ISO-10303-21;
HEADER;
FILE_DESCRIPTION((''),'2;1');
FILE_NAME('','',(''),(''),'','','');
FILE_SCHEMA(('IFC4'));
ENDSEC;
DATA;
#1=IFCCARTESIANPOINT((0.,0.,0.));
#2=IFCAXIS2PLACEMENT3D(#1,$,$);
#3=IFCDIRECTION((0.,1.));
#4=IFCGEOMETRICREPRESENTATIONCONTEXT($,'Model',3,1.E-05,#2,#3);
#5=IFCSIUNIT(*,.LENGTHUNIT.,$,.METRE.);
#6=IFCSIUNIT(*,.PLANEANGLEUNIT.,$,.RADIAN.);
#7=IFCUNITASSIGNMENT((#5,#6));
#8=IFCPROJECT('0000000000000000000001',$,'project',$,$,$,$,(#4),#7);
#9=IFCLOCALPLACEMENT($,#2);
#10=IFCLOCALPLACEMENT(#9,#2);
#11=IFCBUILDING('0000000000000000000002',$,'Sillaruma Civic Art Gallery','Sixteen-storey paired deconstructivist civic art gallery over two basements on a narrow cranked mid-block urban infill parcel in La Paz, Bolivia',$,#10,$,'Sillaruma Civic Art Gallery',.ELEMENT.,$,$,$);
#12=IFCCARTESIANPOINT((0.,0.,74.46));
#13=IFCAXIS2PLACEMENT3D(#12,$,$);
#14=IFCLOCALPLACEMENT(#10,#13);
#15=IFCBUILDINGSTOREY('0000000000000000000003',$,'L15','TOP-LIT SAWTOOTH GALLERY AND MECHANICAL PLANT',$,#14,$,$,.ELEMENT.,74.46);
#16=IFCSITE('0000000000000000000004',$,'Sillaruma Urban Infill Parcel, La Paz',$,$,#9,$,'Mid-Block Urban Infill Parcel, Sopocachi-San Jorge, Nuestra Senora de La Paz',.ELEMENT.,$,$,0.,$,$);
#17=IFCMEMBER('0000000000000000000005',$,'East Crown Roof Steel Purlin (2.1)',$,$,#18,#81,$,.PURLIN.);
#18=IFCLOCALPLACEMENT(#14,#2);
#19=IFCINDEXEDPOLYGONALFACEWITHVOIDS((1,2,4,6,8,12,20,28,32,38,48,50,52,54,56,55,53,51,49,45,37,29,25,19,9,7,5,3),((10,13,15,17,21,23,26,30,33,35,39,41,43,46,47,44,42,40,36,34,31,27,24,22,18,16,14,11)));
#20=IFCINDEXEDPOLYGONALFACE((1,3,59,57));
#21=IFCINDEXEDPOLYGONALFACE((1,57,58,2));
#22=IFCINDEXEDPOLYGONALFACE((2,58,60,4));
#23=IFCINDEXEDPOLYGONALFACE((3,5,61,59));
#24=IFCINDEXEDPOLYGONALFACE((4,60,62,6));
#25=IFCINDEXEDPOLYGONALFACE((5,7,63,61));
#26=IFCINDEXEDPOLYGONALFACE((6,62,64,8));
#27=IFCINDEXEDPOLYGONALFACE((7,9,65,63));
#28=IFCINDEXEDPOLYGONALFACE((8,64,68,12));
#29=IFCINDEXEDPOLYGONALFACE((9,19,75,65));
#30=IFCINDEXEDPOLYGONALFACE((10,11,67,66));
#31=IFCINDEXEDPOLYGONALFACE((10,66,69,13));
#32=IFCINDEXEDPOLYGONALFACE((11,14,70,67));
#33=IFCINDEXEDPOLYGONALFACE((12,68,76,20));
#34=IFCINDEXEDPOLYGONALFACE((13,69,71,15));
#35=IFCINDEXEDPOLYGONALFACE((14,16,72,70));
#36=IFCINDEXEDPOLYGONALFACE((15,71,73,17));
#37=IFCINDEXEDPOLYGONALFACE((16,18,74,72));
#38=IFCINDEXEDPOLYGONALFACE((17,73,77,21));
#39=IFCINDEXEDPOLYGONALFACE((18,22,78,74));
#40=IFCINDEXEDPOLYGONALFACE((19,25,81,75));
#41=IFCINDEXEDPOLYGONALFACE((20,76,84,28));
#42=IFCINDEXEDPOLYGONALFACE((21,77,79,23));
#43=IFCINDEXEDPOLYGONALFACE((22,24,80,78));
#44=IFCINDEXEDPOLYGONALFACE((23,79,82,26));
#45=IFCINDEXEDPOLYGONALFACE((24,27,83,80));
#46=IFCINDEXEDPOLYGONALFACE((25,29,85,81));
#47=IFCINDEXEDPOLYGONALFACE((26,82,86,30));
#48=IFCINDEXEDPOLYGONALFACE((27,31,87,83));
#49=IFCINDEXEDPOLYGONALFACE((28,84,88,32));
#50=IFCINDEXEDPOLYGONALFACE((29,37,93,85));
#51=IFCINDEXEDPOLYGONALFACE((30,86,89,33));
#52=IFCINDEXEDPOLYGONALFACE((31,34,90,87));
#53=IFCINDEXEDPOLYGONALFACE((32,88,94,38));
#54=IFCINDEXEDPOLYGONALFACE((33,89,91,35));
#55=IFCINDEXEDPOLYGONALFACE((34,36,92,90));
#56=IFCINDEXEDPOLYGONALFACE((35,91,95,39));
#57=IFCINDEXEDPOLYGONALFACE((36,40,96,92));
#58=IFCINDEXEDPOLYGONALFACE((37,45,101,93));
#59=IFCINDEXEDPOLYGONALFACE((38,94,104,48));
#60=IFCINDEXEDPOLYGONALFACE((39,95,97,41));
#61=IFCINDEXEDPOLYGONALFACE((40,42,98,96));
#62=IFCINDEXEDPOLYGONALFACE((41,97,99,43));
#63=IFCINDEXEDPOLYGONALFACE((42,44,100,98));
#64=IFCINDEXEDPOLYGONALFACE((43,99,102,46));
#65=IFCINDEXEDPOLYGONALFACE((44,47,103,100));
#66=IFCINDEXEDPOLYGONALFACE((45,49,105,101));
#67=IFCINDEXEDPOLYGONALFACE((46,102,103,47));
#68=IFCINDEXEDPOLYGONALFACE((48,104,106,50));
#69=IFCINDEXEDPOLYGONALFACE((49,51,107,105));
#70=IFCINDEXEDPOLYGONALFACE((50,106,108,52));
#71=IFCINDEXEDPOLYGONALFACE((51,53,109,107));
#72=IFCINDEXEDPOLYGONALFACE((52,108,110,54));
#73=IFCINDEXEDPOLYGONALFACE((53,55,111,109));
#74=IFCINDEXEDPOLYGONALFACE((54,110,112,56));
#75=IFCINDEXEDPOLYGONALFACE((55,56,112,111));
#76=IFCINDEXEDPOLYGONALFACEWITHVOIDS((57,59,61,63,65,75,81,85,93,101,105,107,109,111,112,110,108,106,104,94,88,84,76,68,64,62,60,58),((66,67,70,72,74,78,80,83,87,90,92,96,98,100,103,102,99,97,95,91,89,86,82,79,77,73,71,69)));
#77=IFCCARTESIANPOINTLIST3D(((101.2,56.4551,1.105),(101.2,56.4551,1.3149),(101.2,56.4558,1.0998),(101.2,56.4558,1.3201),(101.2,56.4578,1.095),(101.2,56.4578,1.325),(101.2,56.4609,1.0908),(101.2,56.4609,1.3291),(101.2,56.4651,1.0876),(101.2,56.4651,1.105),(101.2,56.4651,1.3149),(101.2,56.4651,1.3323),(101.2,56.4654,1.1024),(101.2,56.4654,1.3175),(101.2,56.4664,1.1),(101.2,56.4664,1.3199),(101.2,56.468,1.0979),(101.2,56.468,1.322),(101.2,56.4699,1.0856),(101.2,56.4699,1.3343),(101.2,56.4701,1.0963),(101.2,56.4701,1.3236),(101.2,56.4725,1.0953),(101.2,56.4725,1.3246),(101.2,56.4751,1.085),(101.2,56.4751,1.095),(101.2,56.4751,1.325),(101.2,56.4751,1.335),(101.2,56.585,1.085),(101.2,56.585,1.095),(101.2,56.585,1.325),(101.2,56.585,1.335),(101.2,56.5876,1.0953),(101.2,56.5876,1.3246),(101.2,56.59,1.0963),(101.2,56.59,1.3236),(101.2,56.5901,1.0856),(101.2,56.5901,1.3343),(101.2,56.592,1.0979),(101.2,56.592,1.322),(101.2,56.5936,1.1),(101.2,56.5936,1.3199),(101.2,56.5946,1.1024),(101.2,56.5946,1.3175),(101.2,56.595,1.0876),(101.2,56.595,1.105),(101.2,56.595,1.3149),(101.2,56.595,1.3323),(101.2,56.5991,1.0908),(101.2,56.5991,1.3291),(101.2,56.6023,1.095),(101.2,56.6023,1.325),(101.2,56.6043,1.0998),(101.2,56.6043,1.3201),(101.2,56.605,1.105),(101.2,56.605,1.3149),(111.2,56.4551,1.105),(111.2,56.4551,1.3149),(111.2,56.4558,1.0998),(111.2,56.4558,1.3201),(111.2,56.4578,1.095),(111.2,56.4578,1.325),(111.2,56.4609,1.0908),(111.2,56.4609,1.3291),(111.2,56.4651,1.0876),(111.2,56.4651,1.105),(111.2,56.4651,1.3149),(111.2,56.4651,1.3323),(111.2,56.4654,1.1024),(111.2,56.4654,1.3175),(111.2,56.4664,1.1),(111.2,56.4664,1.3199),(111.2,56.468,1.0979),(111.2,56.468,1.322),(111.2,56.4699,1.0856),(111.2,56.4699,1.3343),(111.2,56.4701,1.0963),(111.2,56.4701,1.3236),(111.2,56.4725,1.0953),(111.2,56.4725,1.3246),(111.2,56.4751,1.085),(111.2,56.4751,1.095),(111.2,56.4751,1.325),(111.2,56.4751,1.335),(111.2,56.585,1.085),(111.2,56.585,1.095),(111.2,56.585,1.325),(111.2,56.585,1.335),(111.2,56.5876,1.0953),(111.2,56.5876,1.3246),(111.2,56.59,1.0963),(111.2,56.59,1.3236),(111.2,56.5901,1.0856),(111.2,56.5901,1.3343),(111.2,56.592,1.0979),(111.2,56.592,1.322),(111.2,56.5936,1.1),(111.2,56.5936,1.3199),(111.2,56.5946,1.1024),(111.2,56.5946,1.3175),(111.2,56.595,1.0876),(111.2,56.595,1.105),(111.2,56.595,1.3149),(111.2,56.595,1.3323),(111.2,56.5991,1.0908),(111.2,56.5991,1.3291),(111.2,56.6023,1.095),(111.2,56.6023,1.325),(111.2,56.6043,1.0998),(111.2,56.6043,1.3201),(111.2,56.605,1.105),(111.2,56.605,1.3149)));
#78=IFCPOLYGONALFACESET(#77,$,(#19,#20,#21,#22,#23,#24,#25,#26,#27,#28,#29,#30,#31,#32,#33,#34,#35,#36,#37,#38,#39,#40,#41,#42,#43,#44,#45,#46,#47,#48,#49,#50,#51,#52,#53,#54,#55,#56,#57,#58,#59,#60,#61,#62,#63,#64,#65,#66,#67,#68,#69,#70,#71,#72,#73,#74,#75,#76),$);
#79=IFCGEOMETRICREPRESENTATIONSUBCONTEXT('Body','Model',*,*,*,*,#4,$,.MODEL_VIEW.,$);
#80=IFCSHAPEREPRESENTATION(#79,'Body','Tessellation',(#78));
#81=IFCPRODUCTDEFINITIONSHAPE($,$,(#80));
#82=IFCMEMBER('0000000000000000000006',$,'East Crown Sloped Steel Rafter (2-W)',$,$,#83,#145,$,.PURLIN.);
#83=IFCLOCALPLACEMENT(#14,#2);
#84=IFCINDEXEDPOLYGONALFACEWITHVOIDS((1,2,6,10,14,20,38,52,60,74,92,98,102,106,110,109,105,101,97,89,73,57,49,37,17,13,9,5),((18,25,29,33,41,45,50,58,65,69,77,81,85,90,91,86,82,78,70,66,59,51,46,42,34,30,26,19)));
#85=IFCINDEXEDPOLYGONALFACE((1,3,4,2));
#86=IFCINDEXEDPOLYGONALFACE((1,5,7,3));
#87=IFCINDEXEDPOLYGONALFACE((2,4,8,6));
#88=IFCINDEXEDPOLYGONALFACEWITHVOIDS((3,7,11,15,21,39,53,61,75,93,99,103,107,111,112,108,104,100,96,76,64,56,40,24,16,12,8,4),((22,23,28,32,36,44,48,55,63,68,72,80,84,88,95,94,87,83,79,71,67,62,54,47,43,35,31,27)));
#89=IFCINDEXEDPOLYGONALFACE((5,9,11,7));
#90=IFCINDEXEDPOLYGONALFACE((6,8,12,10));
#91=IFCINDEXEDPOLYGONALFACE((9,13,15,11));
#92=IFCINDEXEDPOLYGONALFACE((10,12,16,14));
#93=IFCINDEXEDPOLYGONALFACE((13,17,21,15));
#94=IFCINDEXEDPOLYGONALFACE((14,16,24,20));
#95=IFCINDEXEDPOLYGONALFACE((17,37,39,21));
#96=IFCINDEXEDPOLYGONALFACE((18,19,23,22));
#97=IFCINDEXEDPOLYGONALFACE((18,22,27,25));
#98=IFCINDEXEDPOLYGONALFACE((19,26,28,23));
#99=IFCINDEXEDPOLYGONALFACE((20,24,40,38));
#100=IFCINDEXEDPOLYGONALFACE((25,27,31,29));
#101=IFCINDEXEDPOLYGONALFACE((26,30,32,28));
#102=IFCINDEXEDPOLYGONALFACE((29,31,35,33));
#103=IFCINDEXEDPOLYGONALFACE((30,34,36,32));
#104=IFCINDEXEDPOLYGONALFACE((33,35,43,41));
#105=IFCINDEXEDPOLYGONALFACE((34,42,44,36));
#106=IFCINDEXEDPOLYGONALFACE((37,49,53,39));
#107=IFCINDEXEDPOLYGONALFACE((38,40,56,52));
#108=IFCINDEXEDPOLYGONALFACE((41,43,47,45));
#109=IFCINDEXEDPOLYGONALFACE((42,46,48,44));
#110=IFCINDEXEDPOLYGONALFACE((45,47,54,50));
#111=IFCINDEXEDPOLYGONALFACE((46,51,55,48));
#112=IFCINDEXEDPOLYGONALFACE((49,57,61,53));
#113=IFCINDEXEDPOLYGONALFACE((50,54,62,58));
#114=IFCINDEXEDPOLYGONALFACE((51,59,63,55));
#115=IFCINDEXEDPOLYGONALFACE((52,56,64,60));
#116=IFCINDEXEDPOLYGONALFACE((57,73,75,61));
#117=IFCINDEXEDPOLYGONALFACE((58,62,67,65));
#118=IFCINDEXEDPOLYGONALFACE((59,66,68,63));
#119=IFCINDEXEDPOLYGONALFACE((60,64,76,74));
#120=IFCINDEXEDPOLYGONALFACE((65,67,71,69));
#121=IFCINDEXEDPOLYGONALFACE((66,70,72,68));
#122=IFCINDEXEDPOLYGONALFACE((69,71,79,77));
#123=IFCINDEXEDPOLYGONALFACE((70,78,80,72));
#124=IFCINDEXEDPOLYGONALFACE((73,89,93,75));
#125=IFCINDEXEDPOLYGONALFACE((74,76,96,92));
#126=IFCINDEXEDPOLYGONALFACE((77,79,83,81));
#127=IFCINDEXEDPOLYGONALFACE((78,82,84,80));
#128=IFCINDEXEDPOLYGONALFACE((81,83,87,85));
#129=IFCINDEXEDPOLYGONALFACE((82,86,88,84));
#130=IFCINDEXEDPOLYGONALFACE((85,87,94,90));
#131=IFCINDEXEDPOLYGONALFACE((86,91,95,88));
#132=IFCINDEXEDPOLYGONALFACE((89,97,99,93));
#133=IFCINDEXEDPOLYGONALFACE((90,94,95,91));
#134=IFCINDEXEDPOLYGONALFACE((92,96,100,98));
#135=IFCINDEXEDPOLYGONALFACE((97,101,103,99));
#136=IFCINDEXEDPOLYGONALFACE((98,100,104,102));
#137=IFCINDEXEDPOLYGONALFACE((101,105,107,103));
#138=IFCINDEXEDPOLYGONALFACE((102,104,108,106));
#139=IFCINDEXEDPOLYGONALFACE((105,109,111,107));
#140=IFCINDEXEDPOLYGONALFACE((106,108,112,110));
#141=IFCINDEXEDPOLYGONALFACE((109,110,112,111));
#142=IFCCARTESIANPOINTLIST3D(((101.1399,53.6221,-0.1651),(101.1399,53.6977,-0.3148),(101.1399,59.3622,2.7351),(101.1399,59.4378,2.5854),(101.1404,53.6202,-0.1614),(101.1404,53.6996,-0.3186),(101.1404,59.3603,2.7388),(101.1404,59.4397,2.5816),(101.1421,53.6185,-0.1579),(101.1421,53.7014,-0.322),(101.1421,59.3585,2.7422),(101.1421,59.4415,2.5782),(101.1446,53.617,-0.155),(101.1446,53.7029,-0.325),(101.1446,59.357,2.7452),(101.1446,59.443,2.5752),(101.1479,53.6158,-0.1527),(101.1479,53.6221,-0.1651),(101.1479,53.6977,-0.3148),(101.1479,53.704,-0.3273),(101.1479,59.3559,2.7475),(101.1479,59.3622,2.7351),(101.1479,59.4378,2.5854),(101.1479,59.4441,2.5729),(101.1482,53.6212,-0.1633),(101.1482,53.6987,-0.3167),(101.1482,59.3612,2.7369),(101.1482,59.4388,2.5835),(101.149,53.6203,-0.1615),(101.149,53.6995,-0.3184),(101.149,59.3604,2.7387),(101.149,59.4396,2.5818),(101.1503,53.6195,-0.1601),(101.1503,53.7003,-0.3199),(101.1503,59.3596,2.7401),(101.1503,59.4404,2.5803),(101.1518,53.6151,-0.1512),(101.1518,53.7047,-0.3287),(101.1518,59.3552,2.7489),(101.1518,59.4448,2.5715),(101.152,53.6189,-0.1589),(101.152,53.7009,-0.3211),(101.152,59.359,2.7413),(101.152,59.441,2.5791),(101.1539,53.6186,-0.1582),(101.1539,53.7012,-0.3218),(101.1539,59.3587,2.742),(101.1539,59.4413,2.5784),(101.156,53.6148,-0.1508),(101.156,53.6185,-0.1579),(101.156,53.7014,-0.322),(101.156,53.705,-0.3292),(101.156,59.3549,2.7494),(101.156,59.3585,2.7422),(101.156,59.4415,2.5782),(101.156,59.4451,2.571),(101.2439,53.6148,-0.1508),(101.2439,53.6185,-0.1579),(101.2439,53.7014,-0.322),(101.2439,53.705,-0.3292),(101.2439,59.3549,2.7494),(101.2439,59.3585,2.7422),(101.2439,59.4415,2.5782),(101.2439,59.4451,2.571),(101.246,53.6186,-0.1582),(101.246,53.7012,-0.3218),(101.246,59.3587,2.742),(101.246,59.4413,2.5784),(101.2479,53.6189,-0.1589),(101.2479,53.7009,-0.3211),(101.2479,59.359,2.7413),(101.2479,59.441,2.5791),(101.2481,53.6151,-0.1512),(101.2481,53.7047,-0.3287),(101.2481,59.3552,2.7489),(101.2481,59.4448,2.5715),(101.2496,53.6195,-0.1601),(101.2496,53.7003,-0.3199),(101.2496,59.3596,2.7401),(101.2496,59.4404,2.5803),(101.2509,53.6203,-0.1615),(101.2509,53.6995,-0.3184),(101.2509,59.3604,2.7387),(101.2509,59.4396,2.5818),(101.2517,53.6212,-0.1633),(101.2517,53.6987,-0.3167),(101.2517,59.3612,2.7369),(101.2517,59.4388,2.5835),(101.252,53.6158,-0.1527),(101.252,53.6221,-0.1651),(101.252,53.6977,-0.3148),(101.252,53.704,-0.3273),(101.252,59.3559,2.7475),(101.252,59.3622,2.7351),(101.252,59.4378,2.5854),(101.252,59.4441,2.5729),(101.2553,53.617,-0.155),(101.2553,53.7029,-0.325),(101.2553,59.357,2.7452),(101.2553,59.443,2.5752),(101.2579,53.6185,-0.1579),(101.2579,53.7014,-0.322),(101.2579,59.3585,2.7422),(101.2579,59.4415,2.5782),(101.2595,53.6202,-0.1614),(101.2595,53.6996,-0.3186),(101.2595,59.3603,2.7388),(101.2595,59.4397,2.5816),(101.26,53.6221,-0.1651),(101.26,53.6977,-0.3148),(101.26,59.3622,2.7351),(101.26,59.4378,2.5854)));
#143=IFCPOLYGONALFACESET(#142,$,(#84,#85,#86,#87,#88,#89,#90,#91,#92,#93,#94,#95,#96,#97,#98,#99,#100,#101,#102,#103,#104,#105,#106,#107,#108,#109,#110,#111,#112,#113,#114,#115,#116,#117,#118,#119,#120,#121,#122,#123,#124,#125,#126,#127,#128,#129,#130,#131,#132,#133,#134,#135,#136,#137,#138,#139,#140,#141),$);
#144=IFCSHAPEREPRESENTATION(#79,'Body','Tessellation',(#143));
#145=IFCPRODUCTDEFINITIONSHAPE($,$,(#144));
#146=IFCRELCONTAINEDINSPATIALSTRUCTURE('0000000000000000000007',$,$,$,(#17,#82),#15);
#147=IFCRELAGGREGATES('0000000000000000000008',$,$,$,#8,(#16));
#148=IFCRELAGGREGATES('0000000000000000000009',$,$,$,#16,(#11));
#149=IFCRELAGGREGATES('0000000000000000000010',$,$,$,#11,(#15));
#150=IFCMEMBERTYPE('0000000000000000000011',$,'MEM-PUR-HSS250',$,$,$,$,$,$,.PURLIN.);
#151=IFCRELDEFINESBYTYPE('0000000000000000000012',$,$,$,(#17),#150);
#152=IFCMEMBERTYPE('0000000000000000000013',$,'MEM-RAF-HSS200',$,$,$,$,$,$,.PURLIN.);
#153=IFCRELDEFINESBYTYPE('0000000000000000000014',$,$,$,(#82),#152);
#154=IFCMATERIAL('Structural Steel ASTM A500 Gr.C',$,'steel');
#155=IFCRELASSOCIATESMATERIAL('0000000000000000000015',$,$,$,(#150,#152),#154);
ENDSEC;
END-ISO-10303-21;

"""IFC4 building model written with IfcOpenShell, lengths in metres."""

from ifc_helpers import new_model, si_unit, direction, frame, origin, origin_2d, place, context, subcontext, project, spatial, hollow_rectangle, extrude, material, material_profile, profile_set, type_object, element, save


model = new_model("IFC4")

# Units and contexts
model_context = context("Model", 3, precision=1e-05, world=origin(), true_north=direction((0.0, 1.0)))
body_context = subcontext(model_context, "Body", "Model", "MODEL_VIEW")
ifc_project = project(units=[si_unit("LENGTHUNIT", "METRE"), si_unit("PLANEANGLEUNIT", "RADIAN")], contexts=[model_context])

# Site, building, storey
site_placement = place(None, origin())
site = spatial("IfcSite", under=ifc_project, at=site_placement, Name="Sillaruma Urban Infill Parcel, La Paz", LongName="Mid-Block Urban Infill Parcel, Sopocachi-San Jorge, Nuestra Senora de La Paz", CompositionType="ELEMENT", RefElevation=0.0)
building_placement = place(site_placement, origin())
building = spatial("IfcBuilding", under=site, at=building_placement, Name="Sillaruma Civic Art Gallery", Description="Sixteen-storey paired deconstructivist civic art gallery over two basements on a narrow cranked mid-block urban infill parcel in La Paz, Bolivia", LongName="Sillaruma Civic Art Gallery", CompositionType="ELEMENT")
storey_placement = place(building_placement, frame((0.0, 0.0, 74.46)))
storey = spatial("IfcBuildingStorey", under=building, at=storey_placement, Name="L15", Description="TOP-LIT SAWTOOTH GALLERY AND MECHANICAL PLANT", CompositionType="ELEMENT", Elevation=74.46)

# Members
ifc_material_1 = material(Name="Structural Steel ASTM A500 Gr.C", Category="steel")
ifc_material_profile_1 = material_profile(ifc_material_1, hollow_rectangle(XDim=0.1499, YDim=0.25, WallThickness=0.01, InnerFilletRadius=0.01, OuterFilletRadius=0.02, at=origin_2d()), Name="HSS250x150x10")
ifc_profile_set_1 = profile_set([ifc_material_profile_1], Name="Structural Steel ASTM A500 Gr.C")
member_type_1 = type_object("IfcMemberType", Name="MEM-PUR-HSS250", PredefinedType="PURLIN", material=ifc_profile_set_1)
member_1_placement = place(storey_placement, frame((101.2, 56.53, 1.21), z_axis=(1.0, 0.0, 0.0), x_axis=(0.0, 1.0, 0.0)))
element("IfcMember", 1, at=member_1_placement, inside=storey, type_object=member_type_1, Name="East Crown Roof Steel Purlin (2.1)", PredefinedType="PURLIN", context=body_context, shape_type="SweptSolid", body=[
    extrude(hollow_rectangle(XDim=0.1499, YDim=0.25, WallThickness=0.01, InnerFilletRadius=0.01, OuterFilletRadius=0.02, at=origin_2d()), origin(), (0.0, 0.0, 1.0), 10.0),
])
ifc_material_profile_2 = material_profile(ifc_material_1, hollow_rectangle(XDim=0.1201, YDim=0.2, WallThickness=0.0081, InnerFilletRadius=0.0081, OuterFilletRadius=0.0161, at=origin_2d()), Name="HSS200x120x8")
ifc_profile_set_2 = profile_set([ifc_material_profile_2], Name="Structural Steel ASTM A500 Gr.C")
member_type_2 = type_object("IfcMemberType", Name="MEM-RAF-HSS200", PredefinedType="PURLIN", material=ifc_profile_set_2)
for number, where, z_axis, x_axis, name in (
    (2, (101.2, 53.6599, -0.24), (0.0, 0.892544, 0.45096), (-1.0, 0.0, 0.0), "East Crown Sloped Steel Rafter (2-W)"),
):
    element("IfcMember", number, at=place(storey_placement, frame(where, z_axis=z_axis, x_axis=x_axis)), inside=storey, type_object=member_type_2, Name=name, PredefinedType="PURLIN", context=body_context, shape_type="SweptSolid", body=[
        extrude(hollow_rectangle(XDim=0.1201, YDim=0.2, WallThickness=0.0081, InnerFilletRadius=0.0081, OuterFilletRadius=0.0161, at=origin_2d()), origin(), (0.0, 0.0, 1.0), 6.4312),
    ])

save(model, "model.ifc")
